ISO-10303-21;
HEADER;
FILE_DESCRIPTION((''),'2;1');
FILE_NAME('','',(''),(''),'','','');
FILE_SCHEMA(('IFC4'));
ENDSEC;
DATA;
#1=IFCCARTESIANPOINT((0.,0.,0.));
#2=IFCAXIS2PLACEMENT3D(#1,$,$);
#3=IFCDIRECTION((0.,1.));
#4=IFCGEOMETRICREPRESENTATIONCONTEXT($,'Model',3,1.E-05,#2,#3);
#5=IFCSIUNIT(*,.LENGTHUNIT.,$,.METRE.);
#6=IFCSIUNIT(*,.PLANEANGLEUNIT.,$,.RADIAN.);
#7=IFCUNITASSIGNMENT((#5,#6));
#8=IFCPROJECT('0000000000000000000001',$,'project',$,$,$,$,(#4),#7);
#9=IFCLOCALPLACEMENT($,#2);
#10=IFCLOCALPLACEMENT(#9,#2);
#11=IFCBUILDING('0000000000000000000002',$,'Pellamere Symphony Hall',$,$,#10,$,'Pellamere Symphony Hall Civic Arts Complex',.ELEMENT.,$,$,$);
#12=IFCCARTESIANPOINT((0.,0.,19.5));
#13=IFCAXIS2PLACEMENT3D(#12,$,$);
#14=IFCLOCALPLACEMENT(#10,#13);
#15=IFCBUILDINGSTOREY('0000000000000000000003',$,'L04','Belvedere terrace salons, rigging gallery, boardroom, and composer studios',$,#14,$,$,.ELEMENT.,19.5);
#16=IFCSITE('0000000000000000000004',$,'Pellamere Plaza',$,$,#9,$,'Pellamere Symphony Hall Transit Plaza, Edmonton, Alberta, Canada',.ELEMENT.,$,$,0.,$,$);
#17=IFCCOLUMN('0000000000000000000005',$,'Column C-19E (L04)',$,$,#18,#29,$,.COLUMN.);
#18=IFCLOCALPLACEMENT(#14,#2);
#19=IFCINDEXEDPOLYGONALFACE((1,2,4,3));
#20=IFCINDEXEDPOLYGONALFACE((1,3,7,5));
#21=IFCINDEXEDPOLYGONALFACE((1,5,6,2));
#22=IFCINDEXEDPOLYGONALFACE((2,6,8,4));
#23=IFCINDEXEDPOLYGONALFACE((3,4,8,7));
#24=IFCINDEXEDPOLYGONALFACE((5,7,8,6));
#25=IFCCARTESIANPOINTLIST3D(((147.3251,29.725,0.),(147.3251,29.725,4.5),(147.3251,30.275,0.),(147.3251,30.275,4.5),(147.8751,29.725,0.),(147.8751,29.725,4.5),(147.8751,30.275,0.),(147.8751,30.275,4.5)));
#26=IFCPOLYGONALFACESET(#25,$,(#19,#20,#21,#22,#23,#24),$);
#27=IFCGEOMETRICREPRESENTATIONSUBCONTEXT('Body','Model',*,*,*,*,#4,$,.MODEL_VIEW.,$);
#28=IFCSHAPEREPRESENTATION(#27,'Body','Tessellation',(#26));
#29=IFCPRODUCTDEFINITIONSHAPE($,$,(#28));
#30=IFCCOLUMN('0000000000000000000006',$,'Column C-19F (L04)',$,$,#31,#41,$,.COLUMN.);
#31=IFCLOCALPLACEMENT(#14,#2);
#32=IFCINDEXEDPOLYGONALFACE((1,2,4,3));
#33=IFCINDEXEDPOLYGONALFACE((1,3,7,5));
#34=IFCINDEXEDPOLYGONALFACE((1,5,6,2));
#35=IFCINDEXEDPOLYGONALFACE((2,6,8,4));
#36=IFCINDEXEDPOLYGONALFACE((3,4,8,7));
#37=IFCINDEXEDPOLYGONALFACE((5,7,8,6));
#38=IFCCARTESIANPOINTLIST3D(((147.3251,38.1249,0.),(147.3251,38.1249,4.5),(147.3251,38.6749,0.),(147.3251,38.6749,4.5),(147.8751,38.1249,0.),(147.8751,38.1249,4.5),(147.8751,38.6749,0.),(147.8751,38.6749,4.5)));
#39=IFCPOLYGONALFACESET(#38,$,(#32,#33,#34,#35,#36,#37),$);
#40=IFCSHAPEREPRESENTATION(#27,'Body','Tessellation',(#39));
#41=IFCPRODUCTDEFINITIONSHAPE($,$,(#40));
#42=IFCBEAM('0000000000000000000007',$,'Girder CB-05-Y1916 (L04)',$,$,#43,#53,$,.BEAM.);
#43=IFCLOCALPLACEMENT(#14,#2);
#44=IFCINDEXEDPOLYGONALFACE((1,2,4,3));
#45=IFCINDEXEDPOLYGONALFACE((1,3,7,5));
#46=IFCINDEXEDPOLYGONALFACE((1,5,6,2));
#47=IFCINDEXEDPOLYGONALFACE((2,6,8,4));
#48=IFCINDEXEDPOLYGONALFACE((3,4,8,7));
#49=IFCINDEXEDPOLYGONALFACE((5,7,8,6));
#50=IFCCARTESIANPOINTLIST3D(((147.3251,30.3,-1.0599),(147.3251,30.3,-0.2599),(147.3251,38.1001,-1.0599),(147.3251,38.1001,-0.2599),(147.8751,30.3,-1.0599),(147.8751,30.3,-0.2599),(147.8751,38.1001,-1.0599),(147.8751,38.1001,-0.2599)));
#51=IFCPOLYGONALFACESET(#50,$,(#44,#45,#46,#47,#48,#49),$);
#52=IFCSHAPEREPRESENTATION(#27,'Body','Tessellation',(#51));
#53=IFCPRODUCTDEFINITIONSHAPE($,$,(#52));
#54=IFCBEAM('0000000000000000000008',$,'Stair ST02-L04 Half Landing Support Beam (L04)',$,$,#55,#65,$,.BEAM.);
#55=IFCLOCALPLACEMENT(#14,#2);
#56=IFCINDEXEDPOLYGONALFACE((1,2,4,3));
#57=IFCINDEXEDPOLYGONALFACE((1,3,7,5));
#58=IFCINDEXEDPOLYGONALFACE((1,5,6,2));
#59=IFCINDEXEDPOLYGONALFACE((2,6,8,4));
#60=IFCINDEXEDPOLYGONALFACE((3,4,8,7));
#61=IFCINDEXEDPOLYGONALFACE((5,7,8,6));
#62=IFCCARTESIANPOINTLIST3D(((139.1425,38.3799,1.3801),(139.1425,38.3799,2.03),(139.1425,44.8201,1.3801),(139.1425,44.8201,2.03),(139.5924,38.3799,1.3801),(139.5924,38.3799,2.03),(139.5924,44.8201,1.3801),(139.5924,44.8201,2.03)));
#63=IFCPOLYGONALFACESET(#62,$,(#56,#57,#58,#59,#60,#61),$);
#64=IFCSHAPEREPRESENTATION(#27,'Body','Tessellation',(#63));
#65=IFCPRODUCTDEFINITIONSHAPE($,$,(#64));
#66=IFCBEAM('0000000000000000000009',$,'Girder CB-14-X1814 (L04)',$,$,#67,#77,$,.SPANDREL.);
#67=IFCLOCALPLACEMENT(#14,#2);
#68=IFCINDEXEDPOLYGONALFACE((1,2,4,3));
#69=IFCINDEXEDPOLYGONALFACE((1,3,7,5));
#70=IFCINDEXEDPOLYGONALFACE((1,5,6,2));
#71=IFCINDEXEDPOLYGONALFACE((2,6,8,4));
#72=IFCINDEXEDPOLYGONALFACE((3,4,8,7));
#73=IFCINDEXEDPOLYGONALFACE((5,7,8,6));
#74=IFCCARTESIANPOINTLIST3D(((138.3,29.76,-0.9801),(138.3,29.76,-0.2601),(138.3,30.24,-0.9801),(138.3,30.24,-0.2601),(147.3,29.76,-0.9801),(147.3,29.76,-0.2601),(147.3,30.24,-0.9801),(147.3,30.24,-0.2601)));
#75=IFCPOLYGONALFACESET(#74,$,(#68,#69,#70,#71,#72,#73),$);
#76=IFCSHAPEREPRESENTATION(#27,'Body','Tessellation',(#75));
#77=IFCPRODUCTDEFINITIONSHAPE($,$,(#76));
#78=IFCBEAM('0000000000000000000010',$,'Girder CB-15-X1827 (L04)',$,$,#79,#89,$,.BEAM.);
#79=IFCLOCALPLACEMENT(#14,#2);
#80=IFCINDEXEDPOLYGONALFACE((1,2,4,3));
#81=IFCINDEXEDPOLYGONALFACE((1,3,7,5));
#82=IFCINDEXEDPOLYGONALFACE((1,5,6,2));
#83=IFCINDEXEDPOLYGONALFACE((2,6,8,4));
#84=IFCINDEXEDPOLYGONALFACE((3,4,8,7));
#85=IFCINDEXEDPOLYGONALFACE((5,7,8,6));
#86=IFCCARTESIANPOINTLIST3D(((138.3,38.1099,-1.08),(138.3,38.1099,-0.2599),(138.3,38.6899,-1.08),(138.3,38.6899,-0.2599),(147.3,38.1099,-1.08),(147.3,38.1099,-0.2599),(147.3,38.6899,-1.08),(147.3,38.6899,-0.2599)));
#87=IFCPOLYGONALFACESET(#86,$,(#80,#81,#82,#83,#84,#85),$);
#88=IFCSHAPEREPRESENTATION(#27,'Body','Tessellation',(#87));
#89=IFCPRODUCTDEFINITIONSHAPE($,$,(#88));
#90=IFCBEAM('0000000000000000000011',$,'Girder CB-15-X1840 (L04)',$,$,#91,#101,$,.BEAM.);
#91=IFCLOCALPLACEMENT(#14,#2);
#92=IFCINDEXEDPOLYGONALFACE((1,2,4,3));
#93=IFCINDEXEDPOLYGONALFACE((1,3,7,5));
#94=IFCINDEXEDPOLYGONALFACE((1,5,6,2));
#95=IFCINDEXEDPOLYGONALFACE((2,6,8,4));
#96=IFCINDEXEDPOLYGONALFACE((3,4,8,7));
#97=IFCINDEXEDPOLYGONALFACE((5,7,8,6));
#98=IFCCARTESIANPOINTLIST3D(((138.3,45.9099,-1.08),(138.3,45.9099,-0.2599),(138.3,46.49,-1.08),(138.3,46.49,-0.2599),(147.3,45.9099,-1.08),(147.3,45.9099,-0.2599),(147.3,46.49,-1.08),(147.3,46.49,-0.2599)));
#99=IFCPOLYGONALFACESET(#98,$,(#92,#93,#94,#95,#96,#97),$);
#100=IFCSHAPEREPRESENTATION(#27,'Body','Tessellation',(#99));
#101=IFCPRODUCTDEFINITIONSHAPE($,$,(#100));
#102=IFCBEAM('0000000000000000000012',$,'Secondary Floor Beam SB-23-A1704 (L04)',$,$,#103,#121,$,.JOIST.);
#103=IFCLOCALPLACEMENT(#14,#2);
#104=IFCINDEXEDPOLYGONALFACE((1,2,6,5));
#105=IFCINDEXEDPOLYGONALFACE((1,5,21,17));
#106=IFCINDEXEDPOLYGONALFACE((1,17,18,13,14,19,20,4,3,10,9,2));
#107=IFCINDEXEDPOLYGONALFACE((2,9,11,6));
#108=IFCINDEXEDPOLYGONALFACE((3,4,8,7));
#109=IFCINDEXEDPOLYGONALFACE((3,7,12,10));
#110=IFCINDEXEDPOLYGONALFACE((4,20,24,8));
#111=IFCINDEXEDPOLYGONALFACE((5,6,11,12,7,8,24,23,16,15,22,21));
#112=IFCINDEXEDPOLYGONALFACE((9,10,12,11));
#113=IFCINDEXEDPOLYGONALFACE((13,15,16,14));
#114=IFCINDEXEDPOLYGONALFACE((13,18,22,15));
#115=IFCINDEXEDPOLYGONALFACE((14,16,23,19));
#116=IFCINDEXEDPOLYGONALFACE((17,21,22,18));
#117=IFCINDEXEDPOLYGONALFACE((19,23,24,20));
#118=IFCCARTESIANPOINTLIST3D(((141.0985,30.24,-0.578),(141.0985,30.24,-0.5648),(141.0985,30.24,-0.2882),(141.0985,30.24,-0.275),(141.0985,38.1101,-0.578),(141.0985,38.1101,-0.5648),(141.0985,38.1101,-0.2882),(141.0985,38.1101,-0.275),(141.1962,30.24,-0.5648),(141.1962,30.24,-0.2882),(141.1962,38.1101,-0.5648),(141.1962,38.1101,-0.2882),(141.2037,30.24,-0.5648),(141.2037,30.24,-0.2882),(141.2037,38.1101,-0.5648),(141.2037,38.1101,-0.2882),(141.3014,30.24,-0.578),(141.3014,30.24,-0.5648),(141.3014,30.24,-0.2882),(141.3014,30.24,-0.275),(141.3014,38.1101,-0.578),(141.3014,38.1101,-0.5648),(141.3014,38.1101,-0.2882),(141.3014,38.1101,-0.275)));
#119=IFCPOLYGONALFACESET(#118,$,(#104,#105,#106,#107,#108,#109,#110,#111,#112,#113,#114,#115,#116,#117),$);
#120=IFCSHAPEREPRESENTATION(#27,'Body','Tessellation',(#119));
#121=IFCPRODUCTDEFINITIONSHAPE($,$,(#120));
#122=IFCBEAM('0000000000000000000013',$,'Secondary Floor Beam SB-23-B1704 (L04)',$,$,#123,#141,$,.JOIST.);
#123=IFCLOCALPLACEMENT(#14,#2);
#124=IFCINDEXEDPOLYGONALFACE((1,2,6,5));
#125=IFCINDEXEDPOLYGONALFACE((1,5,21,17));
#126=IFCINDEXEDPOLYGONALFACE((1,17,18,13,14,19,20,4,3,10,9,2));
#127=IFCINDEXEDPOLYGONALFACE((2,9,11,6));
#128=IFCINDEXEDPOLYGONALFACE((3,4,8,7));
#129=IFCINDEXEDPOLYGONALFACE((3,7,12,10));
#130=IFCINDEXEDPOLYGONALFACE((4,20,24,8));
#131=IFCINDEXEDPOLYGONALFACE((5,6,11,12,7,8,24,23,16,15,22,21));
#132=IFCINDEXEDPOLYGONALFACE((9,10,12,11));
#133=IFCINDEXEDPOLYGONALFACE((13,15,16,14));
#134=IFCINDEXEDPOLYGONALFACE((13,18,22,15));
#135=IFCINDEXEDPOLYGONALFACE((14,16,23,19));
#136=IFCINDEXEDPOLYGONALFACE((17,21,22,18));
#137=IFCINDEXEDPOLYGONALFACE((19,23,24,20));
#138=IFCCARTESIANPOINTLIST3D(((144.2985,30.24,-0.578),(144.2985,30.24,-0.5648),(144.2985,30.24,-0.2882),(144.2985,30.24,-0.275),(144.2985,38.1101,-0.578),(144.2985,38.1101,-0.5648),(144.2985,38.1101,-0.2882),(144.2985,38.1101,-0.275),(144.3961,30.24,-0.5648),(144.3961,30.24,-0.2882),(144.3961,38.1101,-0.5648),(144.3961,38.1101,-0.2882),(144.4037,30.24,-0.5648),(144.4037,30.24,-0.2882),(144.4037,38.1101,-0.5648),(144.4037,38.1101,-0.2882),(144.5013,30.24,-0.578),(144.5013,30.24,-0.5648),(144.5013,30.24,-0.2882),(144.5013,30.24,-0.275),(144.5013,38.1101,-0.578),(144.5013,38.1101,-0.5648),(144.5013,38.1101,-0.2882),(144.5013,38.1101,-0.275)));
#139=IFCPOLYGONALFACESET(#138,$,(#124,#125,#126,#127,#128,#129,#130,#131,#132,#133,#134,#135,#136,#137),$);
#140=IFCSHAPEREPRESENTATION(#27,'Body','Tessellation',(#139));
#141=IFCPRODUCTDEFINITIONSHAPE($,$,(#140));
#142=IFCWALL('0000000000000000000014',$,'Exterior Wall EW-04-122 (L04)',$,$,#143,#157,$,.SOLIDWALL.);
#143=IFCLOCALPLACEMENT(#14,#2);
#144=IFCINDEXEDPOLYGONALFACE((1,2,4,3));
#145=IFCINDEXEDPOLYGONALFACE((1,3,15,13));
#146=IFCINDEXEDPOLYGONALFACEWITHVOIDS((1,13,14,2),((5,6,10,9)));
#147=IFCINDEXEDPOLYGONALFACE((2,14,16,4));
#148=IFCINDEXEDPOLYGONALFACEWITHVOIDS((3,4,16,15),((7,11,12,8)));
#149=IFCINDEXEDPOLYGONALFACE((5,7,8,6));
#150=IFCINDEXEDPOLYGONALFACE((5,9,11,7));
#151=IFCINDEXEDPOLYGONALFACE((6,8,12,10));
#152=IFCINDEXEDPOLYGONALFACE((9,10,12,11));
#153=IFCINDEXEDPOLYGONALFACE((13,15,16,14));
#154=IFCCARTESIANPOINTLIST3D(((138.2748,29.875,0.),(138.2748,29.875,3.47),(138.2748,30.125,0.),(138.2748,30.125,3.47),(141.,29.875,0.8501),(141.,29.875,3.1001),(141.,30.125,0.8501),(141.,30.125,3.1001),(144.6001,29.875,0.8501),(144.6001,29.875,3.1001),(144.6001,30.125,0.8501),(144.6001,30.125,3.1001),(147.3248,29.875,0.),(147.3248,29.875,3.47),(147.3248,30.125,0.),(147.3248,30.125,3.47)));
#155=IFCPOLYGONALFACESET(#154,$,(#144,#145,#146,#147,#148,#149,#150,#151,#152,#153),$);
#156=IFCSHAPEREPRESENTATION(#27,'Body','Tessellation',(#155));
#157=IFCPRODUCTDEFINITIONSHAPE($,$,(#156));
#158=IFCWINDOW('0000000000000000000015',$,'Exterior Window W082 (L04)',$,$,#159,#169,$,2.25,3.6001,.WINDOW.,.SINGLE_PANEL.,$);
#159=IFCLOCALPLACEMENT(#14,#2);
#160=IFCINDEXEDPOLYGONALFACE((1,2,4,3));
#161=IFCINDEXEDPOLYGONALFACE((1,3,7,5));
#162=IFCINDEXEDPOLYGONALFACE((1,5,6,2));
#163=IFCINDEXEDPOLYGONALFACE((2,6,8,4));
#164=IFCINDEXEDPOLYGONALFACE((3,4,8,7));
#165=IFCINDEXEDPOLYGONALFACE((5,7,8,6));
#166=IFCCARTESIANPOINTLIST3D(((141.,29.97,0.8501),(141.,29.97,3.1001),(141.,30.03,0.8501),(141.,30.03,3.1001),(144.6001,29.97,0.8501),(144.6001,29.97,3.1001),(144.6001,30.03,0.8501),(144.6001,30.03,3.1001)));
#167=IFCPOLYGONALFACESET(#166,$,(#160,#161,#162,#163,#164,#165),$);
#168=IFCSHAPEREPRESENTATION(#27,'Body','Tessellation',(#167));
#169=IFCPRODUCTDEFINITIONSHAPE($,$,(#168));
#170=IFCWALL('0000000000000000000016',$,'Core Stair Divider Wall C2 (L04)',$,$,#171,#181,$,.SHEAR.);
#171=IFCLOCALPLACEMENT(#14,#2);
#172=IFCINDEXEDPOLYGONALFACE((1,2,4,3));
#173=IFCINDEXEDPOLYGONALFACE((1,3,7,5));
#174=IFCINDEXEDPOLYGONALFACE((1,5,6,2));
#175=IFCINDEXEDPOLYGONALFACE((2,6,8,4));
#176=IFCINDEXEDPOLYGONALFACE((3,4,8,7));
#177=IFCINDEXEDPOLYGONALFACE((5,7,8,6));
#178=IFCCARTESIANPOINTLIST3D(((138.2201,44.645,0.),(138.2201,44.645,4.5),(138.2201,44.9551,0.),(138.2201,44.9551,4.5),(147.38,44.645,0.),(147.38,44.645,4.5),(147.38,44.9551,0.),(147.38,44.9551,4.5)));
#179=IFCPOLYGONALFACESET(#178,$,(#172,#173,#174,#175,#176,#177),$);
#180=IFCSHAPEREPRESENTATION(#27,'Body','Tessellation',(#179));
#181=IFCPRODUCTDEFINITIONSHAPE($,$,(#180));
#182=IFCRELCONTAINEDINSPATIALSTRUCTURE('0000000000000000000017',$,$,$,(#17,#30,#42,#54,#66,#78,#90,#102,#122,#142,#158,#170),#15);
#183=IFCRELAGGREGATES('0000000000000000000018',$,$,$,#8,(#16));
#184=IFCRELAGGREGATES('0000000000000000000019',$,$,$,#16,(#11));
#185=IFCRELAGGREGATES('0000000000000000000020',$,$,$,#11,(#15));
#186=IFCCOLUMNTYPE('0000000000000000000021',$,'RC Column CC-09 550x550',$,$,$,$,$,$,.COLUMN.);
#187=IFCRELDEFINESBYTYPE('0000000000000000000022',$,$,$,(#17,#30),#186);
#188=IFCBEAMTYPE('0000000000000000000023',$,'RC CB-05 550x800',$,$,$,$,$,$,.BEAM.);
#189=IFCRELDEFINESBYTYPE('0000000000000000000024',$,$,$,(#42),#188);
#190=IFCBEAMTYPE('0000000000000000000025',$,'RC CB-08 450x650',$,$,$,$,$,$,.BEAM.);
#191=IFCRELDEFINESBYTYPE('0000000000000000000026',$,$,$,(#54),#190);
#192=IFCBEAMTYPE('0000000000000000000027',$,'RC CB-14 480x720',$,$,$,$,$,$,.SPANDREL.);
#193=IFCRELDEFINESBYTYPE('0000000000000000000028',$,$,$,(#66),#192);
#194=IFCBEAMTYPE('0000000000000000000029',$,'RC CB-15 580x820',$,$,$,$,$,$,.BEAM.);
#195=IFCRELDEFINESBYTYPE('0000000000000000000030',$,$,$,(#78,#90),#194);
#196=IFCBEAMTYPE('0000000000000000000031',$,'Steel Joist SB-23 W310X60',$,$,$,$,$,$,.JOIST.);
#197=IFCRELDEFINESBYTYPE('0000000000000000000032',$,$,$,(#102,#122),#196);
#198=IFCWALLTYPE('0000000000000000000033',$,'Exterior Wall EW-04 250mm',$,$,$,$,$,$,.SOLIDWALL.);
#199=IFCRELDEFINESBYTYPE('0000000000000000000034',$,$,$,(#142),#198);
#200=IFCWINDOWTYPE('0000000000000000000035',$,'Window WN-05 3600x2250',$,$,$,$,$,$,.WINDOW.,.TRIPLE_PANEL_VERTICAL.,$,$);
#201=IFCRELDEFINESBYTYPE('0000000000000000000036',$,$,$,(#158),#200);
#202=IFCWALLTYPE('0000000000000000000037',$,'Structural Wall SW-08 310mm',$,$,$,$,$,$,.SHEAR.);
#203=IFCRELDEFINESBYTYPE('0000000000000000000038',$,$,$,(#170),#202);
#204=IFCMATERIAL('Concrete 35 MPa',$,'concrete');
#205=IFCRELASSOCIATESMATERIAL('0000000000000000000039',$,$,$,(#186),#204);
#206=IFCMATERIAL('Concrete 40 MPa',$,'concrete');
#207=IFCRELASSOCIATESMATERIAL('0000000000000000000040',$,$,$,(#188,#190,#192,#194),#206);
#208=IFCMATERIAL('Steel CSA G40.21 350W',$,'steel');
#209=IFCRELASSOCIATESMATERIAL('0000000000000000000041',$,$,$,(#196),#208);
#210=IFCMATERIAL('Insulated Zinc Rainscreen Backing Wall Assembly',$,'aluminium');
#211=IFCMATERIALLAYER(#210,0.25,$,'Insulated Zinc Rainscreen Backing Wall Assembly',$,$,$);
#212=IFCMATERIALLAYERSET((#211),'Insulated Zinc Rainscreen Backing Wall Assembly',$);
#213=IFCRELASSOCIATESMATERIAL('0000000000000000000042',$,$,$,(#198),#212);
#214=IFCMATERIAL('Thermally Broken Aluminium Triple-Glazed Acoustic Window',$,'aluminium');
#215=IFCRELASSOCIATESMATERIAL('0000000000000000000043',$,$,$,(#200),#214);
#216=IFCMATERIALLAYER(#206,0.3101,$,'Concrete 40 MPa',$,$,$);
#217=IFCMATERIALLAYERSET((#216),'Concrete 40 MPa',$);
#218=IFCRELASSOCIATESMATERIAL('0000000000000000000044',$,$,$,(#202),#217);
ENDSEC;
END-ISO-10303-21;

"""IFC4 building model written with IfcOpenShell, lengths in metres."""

from ifc_helpers import new_model, si_unit, direction, frame, frame_2d, origin, origin_2d, place, context, subcontext, project, spatial, rectangle, i_section, extrude, material, layer, layer_set, material_profile, profile_set, type_object, element, fill, save


model = new_model("IFC4")

# Units and contexts
model_context = context("Model", 3, precision=1e-05, world=origin(), true_north=direction((0.0, 1.0)))
body_context = subcontext(model_context, "Body", "Model", "MODEL_VIEW")
ifc_project = project(units=[si_unit("LENGTHUNIT", "METRE"), si_unit("PLANEANGLEUNIT", "RADIAN")], contexts=[model_context])

# Site, building, storey
site_placement = place(None, origin())
site = spatial("IfcSite", under=ifc_project, at=site_placement, Name="Pellamere Plaza", LongName="Pellamere Symphony Hall Transit Plaza, Edmonton, Alberta, Canada", CompositionType="ELEMENT", RefElevation=0.0)
building_placement = place(site_placement, origin())
building = spatial("IfcBuilding", under=site, at=building_placement, Name="Pellamere Symphony Hall", LongName="Pellamere Symphony Hall Civic Arts Complex", CompositionType="ELEMENT")
storey_placement = place(building_placement, frame((0.0, 0.0, 19.5)))
storey = spatial("IfcBuildingStorey", under=building, at=storey_placement, Name="L04", Description="Belvedere terrace salons, rigging gallery, boardroom, and composer studios", CompositionType="ELEMENT", Elevation=19.5)

# Columns
ifc_material_1 = material(Name="Concrete 35 MPa", Category="concrete")
ifc_material_profile_1 = material_profile(ifc_material_1, rectangle(XDim=0.55, YDim=0.55, at=origin_2d()), Name="RC 550x550")
ifc_profile_set_1 = profile_set([ifc_material_profile_1], Name="Concrete 35 MPa")
column_type = type_object("IfcColumnType", Name="RC Column CC-09 550x550", PredefinedType="COLUMN", material=ifc_profile_set_1)
for number, where, z_axis, x_axis, name in (
    (1, (147.6001, 30.0, 0.0), (0.0, 0.0, 1.0), (1.0, 0.0, 0.0), "Column C-19E (L04)"),
    (2, (147.6001, 38.3999, 0.0), (0.0, 0.0, 1.0), (1.0, 0.0, 0.0), "Column C-19F (L04)"),
):
    element("IfcColumn", number, at=place(storey_placement, frame(where, z_axis=z_axis, x_axis=x_axis)), inside=storey, type_object=column_type, Name=name, PredefinedType="COLUMN", context=body_context, shape_type="SweptSolid", body=[
        extrude(rectangle(XDim=0.55, YDim=0.55, at=origin_2d()), origin(), (0.0, 0.0, 1.0), 4.5),
    ])

# Beams
ifc_material_2 = material(Name="Concrete 40 MPa", Category="concrete")
ifc_material_profile_2 = material_profile(ifc_material_2, rectangle(XDim=0.55, YDim=0.8, at=origin_2d()), Name="RC 550x800")
ifc_profile_set_2 = profile_set([ifc_material_profile_2], Name="Concrete 40 MPa")
beam_type_1 = type_object("IfcBeamType", Name="RC CB-05 550x800", PredefinedType="BEAM", material=ifc_profile_set_2)
beam_1_placement = place(storey_placement, frame((147.6001, 30.3, -0.6599), z_axis=(0.0, 1.0, 0.0), x_axis=(-1.0, 0.0, 0.0)))
element("IfcBeam", 3, at=beam_1_placement, inside=storey, type_object=beam_type_1, Name="Girder CB-05-Y1916 (L04)", PredefinedType="BEAM", context=body_context, shape_type="SweptSolid", body=[
    extrude(rectangle(XDim=0.55, YDim=0.8, at=origin_2d()), origin(), (0.0, 0.0, 1.0), 7.8),
])
ifc_material_profile_3 = material_profile(ifc_material_2, rectangle(XDim=0.45, YDim=0.6499, at=origin_2d()), Name="RC 450x650")
ifc_profile_set_3 = profile_set([ifc_material_profile_3], Name="Concrete 40 MPa")
beam_type_2 = type_object("IfcBeamType", Name="RC CB-08 450x650", PredefinedType="BEAM", material=ifc_profile_set_3)
beam_2_placement = place(storey_placement, frame((139.3674, 38.3799, 1.7051), z_axis=(0.0, 1.0, 0.0), x_axis=(-1.0, 0.0, 0.0)))
element("IfcBeam", 4, at=beam_2_placement, inside=storey, type_object=beam_type_2, Name="Stair ST02-L04 Half Landing Support Beam (L04)", PredefinedType="BEAM", context=body_context, shape_type="SweptSolid", body=[
    extrude(rectangle(XDim=0.45, YDim=0.6499, at=origin_2d()), origin(), (0.0, 0.0, 1.0), 6.4402),
])
ifc_material_profile_4 = material_profile(ifc_material_2, rectangle(XDim=0.48, YDim=0.72, at=origin_2d()), Name="RC 480x720")
ifc_profile_set_4 = profile_set([ifc_material_profile_4], Name="Concrete 40 MPa")
beam_type_3 = type_object("IfcBeamType", Name="RC CB-14 480x720", PredefinedType="SPANDREL", material=ifc_profile_set_4)
beam_3_placement = place(storey_placement, frame((138.3, 30.0, -0.6201), z_axis=(1.0, 0.0, 0.0), x_axis=(0.0, 1.0, 0.0)))
element("IfcBeam", 5, at=beam_3_placement, inside=storey, type_object=beam_type_3, Name="Girder CB-14-X1814 (L04)", PredefinedType="SPANDREL", context=body_context, shape_type="SweptSolid", body=[
    extrude(rectangle(XDim=0.48, YDim=0.72, at=origin_2d()), origin(), (0.0, 0.0, 1.0), 9.0),
])
ifc_material_profile_5 = material_profile(ifc_material_2, rectangle(XDim=0.5801, YDim=0.8201, at=origin_2d()), Name="RC 580x820")
ifc_profile_set_5 = profile_set([ifc_material_profile_5], Name="Concrete 40 MPa")
beam_type_4 = type_object("IfcBeamType", Name="RC CB-15 580x820", PredefinedType="BEAM", material=ifc_profile_set_5)
for number, where, z_axis, x_axis, name in (
    (6, (138.3, 38.3999, -0.6699), (1.0, 0.0, 0.0), (0.0, 1.0, 0.0), "Girder CB-15-X1827 (L04)"),
    (7, (138.3, 46.2, -0.6699), (1.0, 0.0, 0.0), (0.0, 1.0, 0.0), "Girder CB-15-X1840 (L04)"),
):
    element("IfcBeam", number, at=place(storey_placement, frame(where, z_axis=z_axis, x_axis=x_axis)), inside=storey, type_object=beam_type_4, Name=name, PredefinedType="BEAM", context=body_context, shape_type="SweptSolid", body=[
        extrude(rectangle(XDim=0.5801, YDim=0.8201, at=origin_2d()), origin(), (0.0, 0.0, 1.0), 9.0),
    ])
ifc_material_3 = material(Name="Steel CSA G40.21 350W", Category="steel")
ifc_material_profile_6 = material_profile(ifc_material_3, i_section(OverallWidth=0.2029, OverallDepth=0.303, WebThickness=0.0076, FlangeThickness=0.0132, at=origin_2d()), Name="W310X60")
ifc_profile_set_6 = profile_set([ifc_material_profile_6], Name="Steel CSA G40.21 350W")
beam_type_5 = type_object("IfcBeamType", Name="Steel Joist SB-23 W310X60", PredefinedType="JOIST", material=ifc_profile_set_6)
for number, where, z_axis, x_axis, name in (
    (8, (141.2, 30.24, -0.4265), (0.0, 1.0, 0.0), (-1.0, 0.0, 0.0), "Secondary Floor Beam SB-23-A1704 (L04)"),
    (9, (144.3999, 30.24, -0.4265), (0.0, 1.0, 0.0), (-1.0, 0.0, 0.0), "Secondary Floor Beam SB-23-B1704 (L04)"),
):
    element("IfcBeam", number, at=place(storey_placement, frame(where, z_axis=z_axis, x_axis=x_axis)), inside=storey, type_object=beam_type_5, Name=name, PredefinedType="JOIST", context=body_context, shape_type="SweptSolid", body=[
        extrude(i_section(OverallWidth=0.2029, OverallDepth=0.303, WebThickness=0.0076, FlangeThickness=0.0132, at=origin_2d()), origin(), (0.0, 0.0, 1.0), 7.8701),
    ])

# Wall, opening, window
ifc_material_4 = material(Name="Insulated Zinc Rainscreen Backing Wall Assembly", Category="aluminium")
ifc_layer_1 = layer(ifc_material_4, 0.25, Name="Insulated Zinc Rainscreen Backing Wall Assembly")
ifc_layer_set_1 = layer_set([ifc_layer_1], Name="Insulated Zinc Rainscreen Backing Wall Assembly")
wall_type_1 = type_object("IfcWallType", Name="Exterior Wall EW-04 250mm", PredefinedType="SOLIDWALL", material=ifc_layer_set_1)
wall_1_placement = place(storey_placement, frame((138.2749, 30.0, 0.0), z_axis=(0.0, 0.0, 1.0), x_axis=(1.0, 0.0, 0.0)))
wall_1 = element("IfcWall", 10, at=wall_1_placement, inside=storey, type_object=wall_type_1, Name="Exterior Wall EW-04-122 (L04)", PredefinedType="SOLIDWALL", context=body_context, shape_type="SweptSolid", body=[
    extrude(rectangle(XDim=9.05, YDim=0.25, at=frame_2d((4.5249, 0.0))), origin(), (0.0, 0.0, 1.0), 3.47),
])
opening_placement = place(wall_1_placement, frame((2.7251, 0.0, 0.8501)))
opening = element("IfcOpeningElement", 11, at=opening_placement, cuts=wall_1, PredefinedType="OPENING", context=body_context, shape_type="SweptSolid", body=[
    extrude(rectangle(XDim=3.6001, YDim=2.25, at=frame_2d((1.8, 1.125))), frame((0.0, 0.135, 0.0), z_axis=(0.0, -1.0, 0.0), x_axis=(1.0, 0.0, 0.0)), (0.0, 0.0, 1.0), 0.27),
])
ifc_material_5 = material(Name="Thermally Broken Aluminium Triple-Glazed Acoustic Window", Category="aluminium")
window_type = type_object("IfcWindowType", Name="Window WN-05 3600x2250", PartitioningType="TRIPLE_PANEL_VERTICAL", PredefinedType="WINDOW", material=ifc_material_5)
window_placement = place(opening_placement, origin())
window = element("IfcWindow", 12, at=window_placement, inside=storey, type_object=window_type, Name="Exterior Window W082 (L04)", OverallHeight=2.25, OverallWidth=3.6001, PartitioningType="SINGLE_PANEL", PredefinedType="WINDOW", context=body_context, shape_type="SweptSolid", body=[
    extrude(rectangle(XDim=3.6001, YDim=2.25, at=frame_2d((1.8, 1.125))), frame((0.0, 0.03, 0.0), z_axis=(0.0, -1.0, 0.0), x_axis=(1.0, 0.0, 0.0)), (0.0, 0.0, 1.0), 0.0601),
])
fill(opening, window)

# Wall
ifc_layer_2 = layer(ifc_material_2, 0.3101, Name="Concrete 40 MPa")
ifc_layer_set_2 = layer_set([ifc_layer_2], Name="Concrete 40 MPa")
wall_type_2 = type_object("IfcWallType", Name="Structural Wall SW-08 310mm", PredefinedType="SHEAR", material=ifc_layer_set_2)
wall_2_placement = place(storey_placement, frame((138.22, 44.8, 0.0), z_axis=(0.0, 0.0, 1.0), x_axis=(1.0, 0.0, 0.0)))
element("IfcWall", 13, at=wall_2_placement, inside=storey, type_object=wall_type_2, Name="Core Stair Divider Wall C2 (L04)", PredefinedType="SHEAR", context=body_context, shape_type="SweptSolid", body=[
    extrude(rectangle(XDim=9.1599, YDim=0.3101, at=frame_2d((4.5801, 0.0))), origin(), (0.0, 0.0, 1.0), 4.5),
])

save(model, "model.ifc")
